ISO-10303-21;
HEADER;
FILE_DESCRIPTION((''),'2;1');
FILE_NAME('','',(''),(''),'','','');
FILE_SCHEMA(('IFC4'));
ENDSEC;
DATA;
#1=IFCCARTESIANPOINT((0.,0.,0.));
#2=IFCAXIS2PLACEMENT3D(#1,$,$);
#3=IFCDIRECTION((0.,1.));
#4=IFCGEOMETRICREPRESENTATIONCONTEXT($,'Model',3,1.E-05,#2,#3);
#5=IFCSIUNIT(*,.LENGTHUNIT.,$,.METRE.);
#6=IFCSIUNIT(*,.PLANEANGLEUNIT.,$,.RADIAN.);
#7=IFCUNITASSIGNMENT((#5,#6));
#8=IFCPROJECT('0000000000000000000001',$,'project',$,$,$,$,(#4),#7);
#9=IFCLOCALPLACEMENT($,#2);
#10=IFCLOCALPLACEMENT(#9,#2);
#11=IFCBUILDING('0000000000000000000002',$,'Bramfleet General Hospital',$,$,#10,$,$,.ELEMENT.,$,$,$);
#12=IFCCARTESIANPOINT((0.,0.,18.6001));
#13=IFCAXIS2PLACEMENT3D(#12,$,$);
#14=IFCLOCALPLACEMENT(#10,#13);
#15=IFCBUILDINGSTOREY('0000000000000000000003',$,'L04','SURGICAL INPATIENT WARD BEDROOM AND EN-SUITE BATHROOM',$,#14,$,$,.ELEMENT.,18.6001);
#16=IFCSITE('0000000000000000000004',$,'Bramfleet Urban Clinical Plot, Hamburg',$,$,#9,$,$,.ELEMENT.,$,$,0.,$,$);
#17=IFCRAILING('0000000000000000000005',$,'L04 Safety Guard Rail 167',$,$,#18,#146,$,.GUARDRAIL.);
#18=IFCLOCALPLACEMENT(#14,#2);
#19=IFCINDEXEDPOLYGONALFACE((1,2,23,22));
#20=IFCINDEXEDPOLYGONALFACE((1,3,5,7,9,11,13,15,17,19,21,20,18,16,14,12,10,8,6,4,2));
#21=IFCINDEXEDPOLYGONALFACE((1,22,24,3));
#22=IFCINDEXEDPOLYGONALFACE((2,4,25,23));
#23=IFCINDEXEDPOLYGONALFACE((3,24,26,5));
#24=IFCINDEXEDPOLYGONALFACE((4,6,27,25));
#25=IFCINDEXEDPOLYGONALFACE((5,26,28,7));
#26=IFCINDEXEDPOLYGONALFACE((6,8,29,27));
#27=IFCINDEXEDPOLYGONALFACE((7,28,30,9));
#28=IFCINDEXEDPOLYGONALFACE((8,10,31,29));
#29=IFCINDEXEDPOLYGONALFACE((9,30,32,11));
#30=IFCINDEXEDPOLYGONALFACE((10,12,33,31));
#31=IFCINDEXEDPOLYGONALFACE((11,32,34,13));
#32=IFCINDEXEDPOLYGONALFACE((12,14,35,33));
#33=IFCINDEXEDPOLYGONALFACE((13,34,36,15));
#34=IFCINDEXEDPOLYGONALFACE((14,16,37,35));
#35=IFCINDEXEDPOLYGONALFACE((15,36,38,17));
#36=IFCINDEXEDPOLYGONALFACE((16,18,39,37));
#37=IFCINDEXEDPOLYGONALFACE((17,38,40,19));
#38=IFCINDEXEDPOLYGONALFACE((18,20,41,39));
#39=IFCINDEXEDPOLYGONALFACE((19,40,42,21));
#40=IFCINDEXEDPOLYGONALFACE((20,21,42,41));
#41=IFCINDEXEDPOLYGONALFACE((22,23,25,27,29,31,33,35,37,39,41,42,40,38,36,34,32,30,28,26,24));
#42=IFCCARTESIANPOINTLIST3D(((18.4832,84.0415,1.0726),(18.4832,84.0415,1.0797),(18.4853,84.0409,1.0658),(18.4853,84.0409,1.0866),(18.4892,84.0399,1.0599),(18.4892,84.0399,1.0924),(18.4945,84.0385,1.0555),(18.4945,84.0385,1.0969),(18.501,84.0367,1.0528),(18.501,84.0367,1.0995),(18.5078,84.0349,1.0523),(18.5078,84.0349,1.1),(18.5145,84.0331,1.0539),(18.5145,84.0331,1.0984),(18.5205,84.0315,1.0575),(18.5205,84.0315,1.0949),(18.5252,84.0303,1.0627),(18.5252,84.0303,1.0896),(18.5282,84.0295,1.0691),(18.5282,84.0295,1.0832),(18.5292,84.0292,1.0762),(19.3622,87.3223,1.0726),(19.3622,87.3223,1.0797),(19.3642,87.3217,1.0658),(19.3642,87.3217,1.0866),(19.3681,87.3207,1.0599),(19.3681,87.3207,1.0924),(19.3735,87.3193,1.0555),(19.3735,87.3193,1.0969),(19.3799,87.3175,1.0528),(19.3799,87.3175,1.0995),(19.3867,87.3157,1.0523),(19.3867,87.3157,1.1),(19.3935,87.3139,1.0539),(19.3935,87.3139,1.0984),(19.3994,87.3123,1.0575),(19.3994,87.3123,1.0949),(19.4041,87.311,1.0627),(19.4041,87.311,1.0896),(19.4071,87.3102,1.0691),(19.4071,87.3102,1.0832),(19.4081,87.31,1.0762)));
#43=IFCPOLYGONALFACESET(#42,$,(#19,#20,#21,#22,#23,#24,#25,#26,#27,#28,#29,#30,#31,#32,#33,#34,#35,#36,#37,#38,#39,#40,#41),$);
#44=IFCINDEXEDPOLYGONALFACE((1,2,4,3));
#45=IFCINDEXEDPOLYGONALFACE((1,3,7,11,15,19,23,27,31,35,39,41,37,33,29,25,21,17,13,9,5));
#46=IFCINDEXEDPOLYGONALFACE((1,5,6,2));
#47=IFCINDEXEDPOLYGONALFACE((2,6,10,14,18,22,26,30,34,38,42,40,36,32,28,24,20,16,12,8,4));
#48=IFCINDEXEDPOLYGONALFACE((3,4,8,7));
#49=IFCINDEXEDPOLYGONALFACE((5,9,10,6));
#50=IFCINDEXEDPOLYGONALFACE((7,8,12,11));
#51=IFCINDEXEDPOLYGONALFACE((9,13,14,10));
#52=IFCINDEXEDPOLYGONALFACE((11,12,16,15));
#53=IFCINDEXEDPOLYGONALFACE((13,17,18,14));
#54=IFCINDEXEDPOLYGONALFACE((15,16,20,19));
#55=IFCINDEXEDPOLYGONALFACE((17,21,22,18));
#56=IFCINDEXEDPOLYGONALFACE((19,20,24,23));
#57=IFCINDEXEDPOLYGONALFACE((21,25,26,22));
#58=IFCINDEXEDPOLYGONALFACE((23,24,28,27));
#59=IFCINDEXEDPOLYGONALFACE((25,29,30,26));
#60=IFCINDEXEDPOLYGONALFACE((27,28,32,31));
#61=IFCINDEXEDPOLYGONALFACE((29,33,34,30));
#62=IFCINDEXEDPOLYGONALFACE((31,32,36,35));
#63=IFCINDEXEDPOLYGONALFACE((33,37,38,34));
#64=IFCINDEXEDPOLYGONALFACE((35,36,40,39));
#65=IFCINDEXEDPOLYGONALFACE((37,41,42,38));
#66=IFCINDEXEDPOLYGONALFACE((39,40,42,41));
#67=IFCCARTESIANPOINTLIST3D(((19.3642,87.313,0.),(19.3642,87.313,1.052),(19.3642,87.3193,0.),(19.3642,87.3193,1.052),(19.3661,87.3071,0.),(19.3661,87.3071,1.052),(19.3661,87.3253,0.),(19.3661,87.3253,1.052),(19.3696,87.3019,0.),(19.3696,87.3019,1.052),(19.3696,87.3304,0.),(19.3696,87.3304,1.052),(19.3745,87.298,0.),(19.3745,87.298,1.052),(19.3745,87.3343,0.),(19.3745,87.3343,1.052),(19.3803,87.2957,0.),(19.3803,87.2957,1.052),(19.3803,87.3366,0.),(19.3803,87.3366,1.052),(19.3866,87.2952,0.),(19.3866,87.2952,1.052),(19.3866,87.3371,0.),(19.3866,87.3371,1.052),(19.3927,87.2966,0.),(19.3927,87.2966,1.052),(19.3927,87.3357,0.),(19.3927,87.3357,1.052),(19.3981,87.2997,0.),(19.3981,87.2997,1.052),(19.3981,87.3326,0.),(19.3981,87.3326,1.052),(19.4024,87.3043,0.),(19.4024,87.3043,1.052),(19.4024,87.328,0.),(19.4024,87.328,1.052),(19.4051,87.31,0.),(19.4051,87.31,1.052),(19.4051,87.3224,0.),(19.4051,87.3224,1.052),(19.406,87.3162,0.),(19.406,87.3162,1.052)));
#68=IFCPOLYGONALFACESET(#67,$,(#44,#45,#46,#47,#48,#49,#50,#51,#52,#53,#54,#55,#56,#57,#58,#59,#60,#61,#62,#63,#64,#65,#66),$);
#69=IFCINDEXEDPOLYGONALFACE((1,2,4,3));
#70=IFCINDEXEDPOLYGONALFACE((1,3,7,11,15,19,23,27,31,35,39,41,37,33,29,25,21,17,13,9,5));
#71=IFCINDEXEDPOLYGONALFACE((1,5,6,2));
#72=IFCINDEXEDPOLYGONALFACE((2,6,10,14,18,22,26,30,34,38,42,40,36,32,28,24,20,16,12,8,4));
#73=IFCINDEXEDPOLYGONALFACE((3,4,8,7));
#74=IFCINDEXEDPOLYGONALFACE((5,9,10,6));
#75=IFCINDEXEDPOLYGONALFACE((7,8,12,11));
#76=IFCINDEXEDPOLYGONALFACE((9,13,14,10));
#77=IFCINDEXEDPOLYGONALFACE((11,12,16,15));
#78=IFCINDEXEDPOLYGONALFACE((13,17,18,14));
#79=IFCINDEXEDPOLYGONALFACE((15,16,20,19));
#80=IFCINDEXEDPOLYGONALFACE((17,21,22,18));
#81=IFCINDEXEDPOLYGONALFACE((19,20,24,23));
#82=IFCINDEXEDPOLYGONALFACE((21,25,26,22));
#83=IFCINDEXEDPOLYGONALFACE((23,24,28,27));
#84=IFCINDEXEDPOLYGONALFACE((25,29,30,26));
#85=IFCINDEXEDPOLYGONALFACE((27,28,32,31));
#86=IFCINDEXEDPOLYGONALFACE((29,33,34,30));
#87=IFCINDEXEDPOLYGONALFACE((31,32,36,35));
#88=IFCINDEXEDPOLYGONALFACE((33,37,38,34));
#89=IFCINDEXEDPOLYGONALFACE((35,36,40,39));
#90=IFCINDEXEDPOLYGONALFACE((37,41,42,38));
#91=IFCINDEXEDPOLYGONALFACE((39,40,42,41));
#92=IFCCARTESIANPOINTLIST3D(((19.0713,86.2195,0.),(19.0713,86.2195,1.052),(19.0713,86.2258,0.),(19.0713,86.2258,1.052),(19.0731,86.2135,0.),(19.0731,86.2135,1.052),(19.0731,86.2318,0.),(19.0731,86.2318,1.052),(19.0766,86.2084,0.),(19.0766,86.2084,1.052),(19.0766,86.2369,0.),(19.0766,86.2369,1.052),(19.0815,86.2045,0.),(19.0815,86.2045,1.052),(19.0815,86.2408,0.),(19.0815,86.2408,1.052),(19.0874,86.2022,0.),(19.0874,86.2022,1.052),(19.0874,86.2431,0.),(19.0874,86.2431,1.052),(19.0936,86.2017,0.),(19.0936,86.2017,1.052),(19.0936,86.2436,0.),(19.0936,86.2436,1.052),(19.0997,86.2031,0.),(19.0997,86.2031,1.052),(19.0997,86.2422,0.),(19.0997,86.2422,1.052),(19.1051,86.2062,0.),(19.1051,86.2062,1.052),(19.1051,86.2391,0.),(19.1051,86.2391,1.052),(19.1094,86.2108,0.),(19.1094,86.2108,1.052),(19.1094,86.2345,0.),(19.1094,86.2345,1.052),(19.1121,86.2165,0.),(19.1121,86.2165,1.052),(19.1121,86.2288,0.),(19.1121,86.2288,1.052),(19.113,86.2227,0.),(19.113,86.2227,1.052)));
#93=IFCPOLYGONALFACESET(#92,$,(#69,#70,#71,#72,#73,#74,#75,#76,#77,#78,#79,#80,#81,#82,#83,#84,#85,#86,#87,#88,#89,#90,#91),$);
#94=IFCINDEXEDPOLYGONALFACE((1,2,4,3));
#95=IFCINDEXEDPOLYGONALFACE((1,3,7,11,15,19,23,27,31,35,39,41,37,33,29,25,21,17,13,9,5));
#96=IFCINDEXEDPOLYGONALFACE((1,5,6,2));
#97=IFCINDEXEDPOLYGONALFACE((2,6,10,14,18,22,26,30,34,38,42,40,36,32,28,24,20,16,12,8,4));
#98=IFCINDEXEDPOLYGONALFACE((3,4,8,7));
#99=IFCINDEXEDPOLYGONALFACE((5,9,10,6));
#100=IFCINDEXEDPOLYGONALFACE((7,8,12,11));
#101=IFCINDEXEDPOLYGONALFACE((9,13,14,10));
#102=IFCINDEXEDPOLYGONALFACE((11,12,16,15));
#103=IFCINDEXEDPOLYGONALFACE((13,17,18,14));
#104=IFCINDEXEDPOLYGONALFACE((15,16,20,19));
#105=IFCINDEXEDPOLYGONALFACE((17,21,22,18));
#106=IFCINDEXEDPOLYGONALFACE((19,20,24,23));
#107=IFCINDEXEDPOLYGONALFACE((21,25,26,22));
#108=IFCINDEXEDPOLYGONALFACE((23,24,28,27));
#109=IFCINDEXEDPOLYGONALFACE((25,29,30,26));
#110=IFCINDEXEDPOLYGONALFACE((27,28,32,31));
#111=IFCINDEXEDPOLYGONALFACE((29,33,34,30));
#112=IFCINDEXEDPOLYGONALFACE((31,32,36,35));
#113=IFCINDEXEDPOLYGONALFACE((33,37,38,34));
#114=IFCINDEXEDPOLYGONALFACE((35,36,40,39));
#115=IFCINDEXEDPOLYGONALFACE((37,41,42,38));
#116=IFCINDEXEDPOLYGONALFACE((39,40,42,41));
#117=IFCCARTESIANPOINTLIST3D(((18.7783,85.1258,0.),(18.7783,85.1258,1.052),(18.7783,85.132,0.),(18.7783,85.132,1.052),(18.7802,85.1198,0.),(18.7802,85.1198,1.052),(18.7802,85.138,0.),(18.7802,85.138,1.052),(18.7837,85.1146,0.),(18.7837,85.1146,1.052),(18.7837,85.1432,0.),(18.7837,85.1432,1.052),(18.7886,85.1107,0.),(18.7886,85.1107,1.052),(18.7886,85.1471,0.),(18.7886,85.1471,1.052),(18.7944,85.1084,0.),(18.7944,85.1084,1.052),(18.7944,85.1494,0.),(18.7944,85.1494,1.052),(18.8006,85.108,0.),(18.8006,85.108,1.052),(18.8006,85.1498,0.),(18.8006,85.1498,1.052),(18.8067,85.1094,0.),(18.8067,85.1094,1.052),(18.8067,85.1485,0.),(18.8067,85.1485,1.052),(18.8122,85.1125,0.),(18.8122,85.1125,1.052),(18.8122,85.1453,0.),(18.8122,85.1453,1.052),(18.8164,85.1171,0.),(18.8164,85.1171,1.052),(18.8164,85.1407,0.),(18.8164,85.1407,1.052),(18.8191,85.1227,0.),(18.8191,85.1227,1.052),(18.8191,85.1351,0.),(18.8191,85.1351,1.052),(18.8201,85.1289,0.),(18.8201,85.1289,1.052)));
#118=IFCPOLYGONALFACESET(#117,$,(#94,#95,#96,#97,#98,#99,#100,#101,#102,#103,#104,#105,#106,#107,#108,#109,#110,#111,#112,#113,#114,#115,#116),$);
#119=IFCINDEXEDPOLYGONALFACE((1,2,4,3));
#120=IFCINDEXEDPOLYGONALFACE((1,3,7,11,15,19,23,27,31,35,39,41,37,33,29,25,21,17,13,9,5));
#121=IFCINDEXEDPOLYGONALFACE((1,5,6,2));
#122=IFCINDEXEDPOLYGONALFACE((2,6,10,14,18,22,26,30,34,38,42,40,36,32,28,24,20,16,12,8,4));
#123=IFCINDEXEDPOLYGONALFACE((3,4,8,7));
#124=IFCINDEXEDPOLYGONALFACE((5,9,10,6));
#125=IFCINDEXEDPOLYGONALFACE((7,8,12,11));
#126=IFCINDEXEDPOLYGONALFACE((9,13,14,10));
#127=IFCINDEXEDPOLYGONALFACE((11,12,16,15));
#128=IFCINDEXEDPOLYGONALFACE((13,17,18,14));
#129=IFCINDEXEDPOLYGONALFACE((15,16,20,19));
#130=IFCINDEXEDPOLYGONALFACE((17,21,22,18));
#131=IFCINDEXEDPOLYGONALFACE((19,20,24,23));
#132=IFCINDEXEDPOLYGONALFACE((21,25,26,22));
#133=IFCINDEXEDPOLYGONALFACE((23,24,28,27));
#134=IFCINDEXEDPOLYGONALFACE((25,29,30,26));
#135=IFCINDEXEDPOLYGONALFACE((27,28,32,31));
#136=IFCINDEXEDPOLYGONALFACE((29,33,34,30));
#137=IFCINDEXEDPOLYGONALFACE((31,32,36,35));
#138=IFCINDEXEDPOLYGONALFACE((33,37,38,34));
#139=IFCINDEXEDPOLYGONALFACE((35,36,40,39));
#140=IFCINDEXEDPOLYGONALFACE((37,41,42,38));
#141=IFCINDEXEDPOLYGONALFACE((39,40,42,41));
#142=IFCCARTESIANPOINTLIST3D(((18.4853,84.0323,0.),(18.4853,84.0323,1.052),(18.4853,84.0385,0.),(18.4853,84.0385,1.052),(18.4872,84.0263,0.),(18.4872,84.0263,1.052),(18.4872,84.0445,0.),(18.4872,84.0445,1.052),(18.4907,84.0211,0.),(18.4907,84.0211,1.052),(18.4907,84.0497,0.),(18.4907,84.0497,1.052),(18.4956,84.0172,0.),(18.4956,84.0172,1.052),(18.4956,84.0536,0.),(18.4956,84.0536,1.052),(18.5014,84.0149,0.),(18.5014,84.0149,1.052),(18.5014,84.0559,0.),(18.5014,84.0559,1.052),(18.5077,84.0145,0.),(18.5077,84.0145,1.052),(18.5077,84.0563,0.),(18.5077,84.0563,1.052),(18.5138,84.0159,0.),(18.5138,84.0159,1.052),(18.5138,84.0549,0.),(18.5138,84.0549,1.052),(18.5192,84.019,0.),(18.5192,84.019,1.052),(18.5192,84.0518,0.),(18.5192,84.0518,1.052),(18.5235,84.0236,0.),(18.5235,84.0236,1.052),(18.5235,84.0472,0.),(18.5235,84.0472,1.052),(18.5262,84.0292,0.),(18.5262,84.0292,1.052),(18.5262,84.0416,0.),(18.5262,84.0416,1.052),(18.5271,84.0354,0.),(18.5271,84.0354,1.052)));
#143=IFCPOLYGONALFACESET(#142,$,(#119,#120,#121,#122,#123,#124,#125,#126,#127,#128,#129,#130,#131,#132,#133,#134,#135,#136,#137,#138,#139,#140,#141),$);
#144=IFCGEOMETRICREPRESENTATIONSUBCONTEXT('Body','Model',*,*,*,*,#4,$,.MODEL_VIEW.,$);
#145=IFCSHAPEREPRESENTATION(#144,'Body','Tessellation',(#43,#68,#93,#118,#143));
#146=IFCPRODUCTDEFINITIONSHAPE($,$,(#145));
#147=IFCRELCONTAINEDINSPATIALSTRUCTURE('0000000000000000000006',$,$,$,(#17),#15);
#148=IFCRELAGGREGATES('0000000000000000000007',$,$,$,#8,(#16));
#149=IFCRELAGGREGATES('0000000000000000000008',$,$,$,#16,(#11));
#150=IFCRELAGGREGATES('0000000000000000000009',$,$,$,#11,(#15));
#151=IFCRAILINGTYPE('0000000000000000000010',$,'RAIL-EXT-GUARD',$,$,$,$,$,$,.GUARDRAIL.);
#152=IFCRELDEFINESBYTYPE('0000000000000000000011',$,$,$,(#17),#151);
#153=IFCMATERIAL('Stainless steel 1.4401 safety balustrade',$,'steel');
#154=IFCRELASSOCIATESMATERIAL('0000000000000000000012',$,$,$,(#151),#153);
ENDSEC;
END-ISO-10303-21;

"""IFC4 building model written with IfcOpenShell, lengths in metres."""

from ifc_helpers import new_model, si_unit, direction, frame, origin, origin_2d, place, context, subcontext, project, spatial, circle, extrude, material, type_object, element, save


model = new_model("IFC4")

# Units and contexts
model_context = context("Model", 3, precision=1e-05, world=origin(), true_north=direction((0.0, 1.0)))
body_context = subcontext(model_context, "Body", "Model", "MODEL_VIEW")
ifc_project = project(units=[si_unit("LENGTHUNIT", "METRE"), si_unit("PLANEANGLEUNIT", "RADIAN")], contexts=[model_context])

# Site, building, storey
site_placement = place(None, origin())
site = spatial("IfcSite", under=ifc_project, at=site_placement, Name="Bramfleet Urban Clinical Plot, Hamburg", CompositionType="ELEMENT", RefElevation=0.0)
building_placement = place(site_placement, origin())
building = spatial("IfcBuilding", under=site, at=building_placement, Name="Bramfleet General Hospital", CompositionType="ELEMENT")
storey_placement = place(building_placement, frame((0.0, 0.0, 18.6001)))
storey = spatial("IfcBuildingStorey", under=building, at=storey_placement, Name="L04", Description="SURGICAL INPATIENT WARD BEDROOM AND EN-SUITE BATHROOM", CompositionType="ELEMENT", Elevation=18.6001)

# Railing
ifc_material_1 = material(Name="Stainless steel 1.4401 safety balustrade", Category="steel")
railing_type = type_object("IfcRailingType", Name="RAIL-EXT-GUARD", PredefinedType="GUARDRAIL", material=ifc_material_1)
railing_1_placement = place(storey_placement, frame((19.385, 87.3162, 0.0)))
element("IfcRailing", 1, at=railing_1_placement, inside=storey, type_object=railing_type, Name="L04 Safety Guard Rail 167", PredefinedType="GUARDRAIL", context=body_context, shape_type="SweptSolid", body=[
    extrude(circle(Radius=0.0239, at=origin_2d()), frame((0.0, 0.0, 1.0762), z_axis=(-0.258772, -0.965938, 0.0), x_axis=(0.965938, -0.258772, 0.0)), (0.0, 0.0, 1.0), 3.3965),
    extrude(circle(Radius=0.021, at=origin_2d()), origin(), (0.0, 0.0, 1.0), 1.052),
    extrude(circle(Radius=0.021, at=origin_2d()), frame((-0.293, -1.0935, 0.0)), (0.0, 0.0, 1.0), 1.052),
    extrude(circle(Radius=0.021, at=origin_2d()), frame((-0.5859, -2.1873, 0.0)), (0.0, 0.0, 1.0), 1.052),
    extrude(circle(Radius=0.021, at=origin_2d()), frame((-0.8789, -3.2808, 0.0)), (0.0, 0.0, 1.0), 1.052),
])

save(model, "model.ifc")
